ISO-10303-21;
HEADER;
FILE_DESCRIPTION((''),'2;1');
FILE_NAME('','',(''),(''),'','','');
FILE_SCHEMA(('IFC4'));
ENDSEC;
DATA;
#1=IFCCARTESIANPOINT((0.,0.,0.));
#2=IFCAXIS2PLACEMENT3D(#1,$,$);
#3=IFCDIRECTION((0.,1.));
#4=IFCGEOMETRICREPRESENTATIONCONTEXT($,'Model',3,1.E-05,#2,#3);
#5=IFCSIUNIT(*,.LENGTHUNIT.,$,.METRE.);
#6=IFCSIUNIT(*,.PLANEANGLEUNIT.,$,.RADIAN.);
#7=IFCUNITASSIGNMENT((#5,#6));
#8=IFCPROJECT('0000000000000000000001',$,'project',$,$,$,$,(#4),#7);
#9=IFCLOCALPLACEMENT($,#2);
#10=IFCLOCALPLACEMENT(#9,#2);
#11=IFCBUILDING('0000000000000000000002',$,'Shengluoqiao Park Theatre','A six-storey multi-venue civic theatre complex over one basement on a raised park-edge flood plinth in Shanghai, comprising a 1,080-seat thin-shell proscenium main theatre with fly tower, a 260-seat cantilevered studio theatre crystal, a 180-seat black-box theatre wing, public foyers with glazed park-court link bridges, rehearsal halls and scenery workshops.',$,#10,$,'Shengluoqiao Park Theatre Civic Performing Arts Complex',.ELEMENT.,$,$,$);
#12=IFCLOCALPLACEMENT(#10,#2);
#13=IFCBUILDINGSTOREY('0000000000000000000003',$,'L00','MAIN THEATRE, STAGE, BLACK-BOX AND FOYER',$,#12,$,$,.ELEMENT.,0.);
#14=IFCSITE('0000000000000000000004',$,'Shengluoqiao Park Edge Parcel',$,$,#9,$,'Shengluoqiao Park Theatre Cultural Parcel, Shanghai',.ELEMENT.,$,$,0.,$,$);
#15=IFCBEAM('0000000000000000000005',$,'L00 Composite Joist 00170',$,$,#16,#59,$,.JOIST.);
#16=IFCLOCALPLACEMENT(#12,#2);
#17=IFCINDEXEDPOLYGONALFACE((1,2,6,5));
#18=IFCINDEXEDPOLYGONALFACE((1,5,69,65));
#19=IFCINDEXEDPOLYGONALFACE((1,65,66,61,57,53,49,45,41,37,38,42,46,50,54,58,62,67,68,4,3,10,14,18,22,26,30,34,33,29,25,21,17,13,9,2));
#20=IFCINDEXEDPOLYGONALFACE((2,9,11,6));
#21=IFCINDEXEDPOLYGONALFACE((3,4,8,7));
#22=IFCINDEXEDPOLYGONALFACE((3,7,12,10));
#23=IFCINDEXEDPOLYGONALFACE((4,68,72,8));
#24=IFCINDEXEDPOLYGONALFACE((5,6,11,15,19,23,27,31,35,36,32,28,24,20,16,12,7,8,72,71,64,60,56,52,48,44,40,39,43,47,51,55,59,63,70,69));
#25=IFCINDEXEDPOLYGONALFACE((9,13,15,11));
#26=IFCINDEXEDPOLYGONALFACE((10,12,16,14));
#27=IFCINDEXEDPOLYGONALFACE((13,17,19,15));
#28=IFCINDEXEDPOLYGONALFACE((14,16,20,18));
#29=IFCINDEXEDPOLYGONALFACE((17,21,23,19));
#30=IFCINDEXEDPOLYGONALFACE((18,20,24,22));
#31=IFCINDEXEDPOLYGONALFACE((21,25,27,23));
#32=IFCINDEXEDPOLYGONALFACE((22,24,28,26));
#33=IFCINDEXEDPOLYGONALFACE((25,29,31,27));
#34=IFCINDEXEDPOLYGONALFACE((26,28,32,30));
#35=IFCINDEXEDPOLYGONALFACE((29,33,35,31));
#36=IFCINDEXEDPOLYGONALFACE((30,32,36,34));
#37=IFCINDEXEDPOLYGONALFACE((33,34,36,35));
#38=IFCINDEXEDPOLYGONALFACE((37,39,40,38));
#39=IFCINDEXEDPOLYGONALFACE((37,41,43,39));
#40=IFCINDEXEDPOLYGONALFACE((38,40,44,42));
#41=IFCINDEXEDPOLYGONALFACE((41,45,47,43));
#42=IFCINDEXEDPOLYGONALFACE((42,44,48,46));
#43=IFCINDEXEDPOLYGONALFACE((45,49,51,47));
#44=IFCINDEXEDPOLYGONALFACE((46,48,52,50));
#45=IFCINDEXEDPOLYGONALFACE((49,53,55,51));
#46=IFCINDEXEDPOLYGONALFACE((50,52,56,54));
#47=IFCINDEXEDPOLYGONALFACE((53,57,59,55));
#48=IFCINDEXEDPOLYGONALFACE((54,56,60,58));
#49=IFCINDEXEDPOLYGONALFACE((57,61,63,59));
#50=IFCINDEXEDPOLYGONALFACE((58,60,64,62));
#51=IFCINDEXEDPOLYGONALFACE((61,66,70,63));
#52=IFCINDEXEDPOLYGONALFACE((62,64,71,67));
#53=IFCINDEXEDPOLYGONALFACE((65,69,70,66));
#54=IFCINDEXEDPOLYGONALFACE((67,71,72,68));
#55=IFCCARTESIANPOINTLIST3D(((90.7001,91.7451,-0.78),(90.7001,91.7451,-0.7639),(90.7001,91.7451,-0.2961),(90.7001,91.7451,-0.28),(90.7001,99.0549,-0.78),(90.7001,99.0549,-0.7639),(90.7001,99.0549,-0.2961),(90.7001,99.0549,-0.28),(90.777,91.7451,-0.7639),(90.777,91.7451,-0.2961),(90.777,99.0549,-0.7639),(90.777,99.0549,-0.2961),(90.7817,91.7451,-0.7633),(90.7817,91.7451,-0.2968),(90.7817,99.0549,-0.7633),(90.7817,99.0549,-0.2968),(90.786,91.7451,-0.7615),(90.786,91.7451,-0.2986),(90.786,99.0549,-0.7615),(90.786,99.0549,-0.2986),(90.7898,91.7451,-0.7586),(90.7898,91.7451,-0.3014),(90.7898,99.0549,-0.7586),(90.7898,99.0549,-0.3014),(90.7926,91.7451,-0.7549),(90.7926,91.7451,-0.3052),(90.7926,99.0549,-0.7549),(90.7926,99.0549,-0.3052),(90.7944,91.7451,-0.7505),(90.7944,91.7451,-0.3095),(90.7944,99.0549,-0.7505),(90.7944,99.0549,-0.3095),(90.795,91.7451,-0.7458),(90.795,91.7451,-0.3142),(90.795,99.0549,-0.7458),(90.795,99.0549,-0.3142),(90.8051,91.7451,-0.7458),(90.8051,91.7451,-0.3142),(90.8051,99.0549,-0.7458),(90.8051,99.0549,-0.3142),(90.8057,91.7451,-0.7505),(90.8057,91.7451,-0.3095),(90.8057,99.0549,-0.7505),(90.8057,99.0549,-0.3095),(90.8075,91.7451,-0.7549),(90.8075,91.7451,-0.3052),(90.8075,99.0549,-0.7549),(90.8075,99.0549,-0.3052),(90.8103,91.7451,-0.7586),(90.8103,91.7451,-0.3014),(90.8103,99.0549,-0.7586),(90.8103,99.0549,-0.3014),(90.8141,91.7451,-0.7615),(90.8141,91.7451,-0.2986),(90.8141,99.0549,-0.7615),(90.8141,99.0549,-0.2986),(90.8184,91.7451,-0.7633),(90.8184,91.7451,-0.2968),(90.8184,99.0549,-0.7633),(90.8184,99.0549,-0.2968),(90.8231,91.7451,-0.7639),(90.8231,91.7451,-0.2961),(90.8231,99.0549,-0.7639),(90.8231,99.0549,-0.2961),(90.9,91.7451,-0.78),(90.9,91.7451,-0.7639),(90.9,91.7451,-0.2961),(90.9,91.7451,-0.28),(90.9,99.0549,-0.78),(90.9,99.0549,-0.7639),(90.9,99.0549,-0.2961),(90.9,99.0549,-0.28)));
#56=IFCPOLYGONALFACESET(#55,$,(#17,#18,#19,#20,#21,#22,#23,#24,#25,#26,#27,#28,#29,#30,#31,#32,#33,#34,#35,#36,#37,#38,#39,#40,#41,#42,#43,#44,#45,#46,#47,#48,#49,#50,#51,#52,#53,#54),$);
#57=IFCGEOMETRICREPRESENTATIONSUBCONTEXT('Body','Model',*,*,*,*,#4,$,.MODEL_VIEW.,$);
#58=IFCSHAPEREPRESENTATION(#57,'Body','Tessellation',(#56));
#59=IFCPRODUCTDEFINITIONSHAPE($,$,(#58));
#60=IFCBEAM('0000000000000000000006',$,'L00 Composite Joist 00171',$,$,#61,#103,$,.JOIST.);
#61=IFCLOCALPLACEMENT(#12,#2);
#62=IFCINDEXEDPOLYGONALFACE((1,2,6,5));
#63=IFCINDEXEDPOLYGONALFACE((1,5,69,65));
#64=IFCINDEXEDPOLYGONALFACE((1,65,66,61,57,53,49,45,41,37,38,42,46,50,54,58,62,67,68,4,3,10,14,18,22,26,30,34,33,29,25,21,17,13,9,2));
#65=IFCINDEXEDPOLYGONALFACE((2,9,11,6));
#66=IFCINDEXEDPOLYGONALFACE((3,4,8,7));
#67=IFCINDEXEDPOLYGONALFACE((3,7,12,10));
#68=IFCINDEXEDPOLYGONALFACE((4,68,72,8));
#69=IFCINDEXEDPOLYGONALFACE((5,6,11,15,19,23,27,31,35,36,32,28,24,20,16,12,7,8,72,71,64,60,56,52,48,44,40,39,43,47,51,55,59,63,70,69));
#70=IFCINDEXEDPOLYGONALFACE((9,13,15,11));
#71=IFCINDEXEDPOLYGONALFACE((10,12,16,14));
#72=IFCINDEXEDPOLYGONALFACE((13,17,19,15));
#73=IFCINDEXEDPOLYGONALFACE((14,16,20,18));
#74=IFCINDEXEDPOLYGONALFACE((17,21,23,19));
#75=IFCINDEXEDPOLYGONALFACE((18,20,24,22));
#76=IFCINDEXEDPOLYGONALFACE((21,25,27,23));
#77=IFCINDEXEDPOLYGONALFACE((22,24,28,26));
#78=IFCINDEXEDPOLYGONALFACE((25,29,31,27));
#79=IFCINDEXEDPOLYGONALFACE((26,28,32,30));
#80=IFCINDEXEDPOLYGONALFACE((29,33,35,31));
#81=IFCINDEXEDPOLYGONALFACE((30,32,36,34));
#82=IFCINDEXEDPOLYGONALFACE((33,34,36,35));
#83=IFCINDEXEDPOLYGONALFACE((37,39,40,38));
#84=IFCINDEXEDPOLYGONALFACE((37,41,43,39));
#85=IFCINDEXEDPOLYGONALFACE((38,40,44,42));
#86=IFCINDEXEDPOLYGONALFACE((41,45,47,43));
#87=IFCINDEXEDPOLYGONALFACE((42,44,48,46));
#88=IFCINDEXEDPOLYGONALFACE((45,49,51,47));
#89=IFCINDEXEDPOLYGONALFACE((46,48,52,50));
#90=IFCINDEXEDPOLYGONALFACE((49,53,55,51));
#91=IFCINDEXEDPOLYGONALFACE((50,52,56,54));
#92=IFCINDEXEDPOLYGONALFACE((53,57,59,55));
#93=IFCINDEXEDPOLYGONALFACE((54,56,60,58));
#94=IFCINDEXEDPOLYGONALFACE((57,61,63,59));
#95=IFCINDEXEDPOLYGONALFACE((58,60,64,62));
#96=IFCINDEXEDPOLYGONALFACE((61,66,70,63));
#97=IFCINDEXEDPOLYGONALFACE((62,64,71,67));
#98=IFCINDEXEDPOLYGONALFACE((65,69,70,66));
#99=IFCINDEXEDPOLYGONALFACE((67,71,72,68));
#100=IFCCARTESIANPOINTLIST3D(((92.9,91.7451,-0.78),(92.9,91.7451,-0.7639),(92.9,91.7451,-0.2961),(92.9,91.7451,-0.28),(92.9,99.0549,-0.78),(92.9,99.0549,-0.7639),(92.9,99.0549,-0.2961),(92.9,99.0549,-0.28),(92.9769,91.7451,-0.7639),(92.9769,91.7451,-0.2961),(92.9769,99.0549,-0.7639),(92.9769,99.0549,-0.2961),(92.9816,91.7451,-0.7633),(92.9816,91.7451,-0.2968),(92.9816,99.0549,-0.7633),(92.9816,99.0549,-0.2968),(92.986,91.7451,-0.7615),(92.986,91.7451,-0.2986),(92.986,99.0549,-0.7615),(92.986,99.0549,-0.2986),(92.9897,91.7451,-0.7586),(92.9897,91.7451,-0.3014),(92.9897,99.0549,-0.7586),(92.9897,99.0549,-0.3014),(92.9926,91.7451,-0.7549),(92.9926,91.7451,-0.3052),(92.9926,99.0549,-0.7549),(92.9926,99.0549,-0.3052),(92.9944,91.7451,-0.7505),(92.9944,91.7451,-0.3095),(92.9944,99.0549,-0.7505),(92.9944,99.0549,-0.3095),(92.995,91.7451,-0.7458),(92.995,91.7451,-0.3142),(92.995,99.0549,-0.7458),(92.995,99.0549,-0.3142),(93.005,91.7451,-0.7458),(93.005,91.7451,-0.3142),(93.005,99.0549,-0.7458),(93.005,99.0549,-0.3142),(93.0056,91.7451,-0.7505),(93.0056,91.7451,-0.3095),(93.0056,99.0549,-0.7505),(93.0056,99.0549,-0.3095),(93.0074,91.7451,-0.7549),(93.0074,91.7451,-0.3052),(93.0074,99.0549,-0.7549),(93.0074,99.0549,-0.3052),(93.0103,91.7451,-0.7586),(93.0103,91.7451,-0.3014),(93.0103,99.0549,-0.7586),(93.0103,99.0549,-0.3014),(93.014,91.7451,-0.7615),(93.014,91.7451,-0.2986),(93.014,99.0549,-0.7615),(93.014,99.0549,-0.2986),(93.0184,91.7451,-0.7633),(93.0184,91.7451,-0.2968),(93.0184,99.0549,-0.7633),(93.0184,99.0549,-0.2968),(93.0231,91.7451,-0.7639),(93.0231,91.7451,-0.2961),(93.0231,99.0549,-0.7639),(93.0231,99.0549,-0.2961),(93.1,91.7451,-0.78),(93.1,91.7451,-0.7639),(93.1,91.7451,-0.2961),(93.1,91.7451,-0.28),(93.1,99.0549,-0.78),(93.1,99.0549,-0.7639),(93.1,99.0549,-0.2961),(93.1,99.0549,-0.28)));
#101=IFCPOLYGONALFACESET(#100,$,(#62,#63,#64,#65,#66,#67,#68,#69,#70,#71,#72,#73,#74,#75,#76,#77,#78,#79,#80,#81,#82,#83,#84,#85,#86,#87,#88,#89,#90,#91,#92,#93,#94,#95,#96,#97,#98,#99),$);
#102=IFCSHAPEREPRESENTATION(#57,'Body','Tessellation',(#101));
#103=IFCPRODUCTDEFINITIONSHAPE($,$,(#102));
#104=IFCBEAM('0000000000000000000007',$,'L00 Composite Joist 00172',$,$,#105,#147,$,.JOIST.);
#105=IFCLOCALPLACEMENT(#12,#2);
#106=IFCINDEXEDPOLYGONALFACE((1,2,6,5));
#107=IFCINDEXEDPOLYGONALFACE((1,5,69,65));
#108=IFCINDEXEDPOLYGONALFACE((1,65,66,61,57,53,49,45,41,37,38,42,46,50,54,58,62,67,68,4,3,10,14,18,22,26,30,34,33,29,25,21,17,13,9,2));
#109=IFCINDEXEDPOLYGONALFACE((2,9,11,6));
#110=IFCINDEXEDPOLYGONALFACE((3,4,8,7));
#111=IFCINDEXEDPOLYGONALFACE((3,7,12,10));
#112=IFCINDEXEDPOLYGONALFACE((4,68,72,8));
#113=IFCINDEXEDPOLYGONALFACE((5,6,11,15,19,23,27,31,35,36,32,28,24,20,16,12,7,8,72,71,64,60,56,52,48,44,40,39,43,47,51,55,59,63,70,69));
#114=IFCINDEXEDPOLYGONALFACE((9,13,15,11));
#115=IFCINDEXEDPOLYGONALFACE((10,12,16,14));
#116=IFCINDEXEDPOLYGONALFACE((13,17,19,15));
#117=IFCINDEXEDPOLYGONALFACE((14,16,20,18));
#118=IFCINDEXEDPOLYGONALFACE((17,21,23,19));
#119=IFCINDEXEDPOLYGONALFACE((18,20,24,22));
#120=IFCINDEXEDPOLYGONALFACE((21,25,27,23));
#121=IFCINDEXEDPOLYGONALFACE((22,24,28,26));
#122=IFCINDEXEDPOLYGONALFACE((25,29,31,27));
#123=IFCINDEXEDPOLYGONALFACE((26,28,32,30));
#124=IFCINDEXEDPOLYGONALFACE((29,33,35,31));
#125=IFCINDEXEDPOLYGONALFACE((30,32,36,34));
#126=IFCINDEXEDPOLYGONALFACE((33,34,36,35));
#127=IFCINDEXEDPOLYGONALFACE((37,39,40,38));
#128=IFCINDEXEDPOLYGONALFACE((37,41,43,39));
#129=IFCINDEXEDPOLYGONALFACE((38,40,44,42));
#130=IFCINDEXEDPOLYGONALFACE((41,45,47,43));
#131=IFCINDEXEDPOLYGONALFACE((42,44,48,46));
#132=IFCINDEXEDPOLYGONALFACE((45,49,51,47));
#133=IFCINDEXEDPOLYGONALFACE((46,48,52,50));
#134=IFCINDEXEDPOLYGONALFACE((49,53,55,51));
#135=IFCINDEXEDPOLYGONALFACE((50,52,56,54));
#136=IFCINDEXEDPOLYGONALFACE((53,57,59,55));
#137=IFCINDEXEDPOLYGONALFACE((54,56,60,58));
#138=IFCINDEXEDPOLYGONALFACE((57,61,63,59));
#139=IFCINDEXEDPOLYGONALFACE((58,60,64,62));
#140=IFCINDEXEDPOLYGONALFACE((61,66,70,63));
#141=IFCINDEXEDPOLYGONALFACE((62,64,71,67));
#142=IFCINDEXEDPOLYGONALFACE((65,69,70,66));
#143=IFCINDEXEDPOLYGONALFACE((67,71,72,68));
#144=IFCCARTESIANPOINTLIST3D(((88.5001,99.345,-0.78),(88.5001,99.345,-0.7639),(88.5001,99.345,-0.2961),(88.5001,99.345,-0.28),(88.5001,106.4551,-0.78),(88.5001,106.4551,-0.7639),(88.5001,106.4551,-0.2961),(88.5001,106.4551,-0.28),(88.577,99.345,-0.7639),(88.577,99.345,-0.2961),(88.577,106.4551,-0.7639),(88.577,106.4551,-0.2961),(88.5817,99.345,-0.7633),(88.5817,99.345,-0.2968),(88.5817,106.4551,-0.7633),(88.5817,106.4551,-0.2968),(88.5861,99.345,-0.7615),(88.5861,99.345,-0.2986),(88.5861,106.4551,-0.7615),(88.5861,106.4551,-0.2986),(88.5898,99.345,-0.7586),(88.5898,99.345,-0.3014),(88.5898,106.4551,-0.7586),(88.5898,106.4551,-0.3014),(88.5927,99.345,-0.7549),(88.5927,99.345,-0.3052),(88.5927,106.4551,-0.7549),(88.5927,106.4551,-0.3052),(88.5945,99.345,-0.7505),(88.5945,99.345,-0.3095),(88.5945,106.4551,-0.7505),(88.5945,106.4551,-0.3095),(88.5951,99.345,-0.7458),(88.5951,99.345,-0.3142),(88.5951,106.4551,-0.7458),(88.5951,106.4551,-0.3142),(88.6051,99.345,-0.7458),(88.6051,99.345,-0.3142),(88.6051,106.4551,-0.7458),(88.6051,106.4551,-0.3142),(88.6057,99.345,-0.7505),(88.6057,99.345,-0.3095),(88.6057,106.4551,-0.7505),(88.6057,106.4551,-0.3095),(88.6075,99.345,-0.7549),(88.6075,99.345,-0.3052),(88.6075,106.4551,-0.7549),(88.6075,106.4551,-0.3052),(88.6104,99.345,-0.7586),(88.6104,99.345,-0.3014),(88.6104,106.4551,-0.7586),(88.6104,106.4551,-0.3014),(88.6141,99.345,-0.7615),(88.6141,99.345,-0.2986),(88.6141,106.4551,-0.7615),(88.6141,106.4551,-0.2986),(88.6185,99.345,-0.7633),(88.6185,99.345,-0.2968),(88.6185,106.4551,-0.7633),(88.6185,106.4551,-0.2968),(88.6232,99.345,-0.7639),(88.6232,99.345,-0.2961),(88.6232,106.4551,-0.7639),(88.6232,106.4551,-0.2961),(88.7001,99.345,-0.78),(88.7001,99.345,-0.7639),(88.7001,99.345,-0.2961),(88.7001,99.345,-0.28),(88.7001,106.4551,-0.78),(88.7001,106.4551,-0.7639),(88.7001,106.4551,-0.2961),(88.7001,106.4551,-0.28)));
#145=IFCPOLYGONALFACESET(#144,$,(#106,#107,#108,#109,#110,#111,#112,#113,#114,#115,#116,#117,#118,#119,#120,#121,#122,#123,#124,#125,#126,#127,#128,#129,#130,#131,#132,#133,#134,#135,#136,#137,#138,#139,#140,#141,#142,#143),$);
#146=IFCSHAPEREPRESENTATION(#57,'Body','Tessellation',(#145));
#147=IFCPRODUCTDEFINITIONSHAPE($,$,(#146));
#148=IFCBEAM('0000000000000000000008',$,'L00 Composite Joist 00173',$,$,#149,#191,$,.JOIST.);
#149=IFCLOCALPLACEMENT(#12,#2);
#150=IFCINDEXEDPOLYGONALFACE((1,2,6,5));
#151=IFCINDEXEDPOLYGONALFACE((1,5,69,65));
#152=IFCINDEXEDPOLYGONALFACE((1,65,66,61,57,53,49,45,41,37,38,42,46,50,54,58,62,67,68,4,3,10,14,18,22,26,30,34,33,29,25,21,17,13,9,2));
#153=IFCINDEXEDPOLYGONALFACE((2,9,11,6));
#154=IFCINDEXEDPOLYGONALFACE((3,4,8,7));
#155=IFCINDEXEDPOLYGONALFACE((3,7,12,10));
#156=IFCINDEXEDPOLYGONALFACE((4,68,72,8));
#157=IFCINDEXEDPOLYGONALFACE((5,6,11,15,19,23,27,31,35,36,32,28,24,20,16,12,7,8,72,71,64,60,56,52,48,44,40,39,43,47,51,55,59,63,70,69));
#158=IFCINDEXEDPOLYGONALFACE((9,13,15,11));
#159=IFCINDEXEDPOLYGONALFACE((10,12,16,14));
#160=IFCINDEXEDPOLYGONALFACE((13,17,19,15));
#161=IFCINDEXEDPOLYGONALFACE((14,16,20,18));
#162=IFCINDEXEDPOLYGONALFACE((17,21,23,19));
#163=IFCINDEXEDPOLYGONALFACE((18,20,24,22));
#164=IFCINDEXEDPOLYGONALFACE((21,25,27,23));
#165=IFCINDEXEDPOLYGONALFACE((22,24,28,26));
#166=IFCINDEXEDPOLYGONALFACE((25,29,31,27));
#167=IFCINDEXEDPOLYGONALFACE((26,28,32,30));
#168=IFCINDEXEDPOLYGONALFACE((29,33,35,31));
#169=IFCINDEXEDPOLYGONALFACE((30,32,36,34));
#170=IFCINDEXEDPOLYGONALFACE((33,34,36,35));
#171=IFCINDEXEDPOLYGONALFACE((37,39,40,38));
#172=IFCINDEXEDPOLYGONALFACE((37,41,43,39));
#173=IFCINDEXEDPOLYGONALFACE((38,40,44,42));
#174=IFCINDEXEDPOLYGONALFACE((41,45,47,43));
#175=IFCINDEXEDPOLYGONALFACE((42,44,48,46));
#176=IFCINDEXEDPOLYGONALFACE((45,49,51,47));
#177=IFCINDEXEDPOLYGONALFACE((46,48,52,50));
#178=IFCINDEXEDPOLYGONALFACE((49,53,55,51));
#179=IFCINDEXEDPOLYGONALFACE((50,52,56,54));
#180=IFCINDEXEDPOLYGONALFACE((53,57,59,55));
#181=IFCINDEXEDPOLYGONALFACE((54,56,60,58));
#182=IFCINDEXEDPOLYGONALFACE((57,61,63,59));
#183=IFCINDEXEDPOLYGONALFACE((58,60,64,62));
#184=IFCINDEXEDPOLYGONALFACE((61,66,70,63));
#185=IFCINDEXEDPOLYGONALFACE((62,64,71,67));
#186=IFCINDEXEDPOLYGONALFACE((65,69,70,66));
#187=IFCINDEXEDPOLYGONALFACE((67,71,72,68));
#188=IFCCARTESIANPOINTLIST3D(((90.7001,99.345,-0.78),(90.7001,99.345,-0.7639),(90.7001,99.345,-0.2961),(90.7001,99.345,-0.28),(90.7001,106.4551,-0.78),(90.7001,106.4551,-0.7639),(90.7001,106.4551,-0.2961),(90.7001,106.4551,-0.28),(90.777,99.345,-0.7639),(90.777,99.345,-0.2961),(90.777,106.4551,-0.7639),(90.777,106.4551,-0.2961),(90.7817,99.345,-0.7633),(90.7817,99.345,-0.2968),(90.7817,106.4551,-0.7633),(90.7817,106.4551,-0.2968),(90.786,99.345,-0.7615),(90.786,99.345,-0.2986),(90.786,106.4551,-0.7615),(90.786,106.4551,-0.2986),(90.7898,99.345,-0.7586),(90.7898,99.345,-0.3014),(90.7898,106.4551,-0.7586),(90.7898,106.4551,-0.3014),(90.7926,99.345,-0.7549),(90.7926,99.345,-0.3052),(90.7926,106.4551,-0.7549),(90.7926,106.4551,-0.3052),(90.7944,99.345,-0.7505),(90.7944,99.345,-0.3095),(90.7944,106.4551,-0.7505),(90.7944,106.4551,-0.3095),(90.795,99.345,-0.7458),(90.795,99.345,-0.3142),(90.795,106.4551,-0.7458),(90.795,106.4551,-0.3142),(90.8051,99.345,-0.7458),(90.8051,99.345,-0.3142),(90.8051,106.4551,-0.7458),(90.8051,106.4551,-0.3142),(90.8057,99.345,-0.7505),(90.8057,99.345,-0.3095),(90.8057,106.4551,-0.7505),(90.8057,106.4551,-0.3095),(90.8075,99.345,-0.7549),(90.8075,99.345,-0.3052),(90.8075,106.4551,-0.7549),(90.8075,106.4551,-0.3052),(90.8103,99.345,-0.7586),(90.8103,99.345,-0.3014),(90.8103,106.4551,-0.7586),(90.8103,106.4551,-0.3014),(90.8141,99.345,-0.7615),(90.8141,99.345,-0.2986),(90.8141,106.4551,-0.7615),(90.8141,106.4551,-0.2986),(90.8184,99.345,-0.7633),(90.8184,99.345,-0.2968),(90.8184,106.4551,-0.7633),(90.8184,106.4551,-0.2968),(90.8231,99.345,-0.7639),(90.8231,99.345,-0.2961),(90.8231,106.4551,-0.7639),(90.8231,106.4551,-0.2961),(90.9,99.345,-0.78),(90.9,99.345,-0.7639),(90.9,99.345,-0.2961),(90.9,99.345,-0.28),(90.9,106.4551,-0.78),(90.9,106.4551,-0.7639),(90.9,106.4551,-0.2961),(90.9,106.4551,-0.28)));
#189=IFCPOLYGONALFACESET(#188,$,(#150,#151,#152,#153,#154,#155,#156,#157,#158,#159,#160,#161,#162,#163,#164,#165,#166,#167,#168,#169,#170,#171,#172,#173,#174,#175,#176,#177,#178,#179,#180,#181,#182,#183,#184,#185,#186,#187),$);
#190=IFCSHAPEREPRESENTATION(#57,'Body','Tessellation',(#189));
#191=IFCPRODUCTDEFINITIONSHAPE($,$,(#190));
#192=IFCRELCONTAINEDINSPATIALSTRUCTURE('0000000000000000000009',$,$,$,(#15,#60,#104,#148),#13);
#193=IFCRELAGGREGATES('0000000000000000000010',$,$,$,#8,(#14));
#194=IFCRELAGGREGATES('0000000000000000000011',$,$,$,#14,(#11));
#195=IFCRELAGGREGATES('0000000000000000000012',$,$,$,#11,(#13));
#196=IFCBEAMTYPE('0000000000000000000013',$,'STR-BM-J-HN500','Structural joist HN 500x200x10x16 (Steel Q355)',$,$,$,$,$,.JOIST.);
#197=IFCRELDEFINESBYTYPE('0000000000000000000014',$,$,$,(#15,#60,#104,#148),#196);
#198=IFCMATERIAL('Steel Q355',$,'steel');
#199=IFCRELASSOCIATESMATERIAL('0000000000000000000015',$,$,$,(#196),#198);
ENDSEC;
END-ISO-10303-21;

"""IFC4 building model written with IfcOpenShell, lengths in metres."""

from ifc_helpers import new_model, si_unit, direction, frame, origin, origin_2d, place, context, subcontext, project, spatial, i_section, extrude, material, material_profile, profile_set, type_object, element, save


model = new_model("IFC4")

# Units and contexts
model_context = context("Model", 3, precision=1e-05, world=origin(), true_north=direction((0.0, 1.0)))
body_context = subcontext(model_context, "Body", "Model", "MODEL_VIEW")
ifc_project = project(units=[si_unit("LENGTHUNIT", "METRE"), si_unit("PLANEANGLEUNIT", "RADIAN")], contexts=[model_context])

# Site, building, storey
site_placement = place(None, origin())
site = spatial("IfcSite", under=ifc_project, at=site_placement, Name="Shengluoqiao Park Edge Parcel", LongName="Shengluoqiao Park Theatre Cultural Parcel, Shanghai", CompositionType="ELEMENT", RefElevation=0.0)
building_placement = place(site_placement, origin())
building = spatial("IfcBuilding", under=site, at=building_placement, Name="Shengluoqiao Park Theatre", Description="A six-storey multi-venue civic theatre complex over one basement on a raised park-edge flood plinth in Shanghai, comprising a 1,080-seat thin-shell proscenium main theatre with fly tower, a 260-seat cantilevered studio theatre crystal, a 180-seat black-box theatre wing, public foyers with glazed park-court link bridges, rehearsal halls and scenery workshops.", LongName="Shengluoqiao Park Theatre Civic Performing Arts Complex", CompositionType="ELEMENT")
storey_placement = place(building_placement, origin())
storey = spatial("IfcBuildingStorey", under=building, at=storey_placement, Name="L00", Description="MAIN THEATRE, STAGE, BLACK-BOX AND FOYER", CompositionType="ELEMENT", Elevation=0.0)

# Beams
ifc_material_1 = material(Name="Steel Q355", Category="steel")
ifc_material_profile_1 = material_profile(ifc_material_1, i_section(OverallWidth=0.2, OverallDepth=0.5, WebThickness=0.01, FlangeThickness=0.0161, FilletRadius=0.0181, at=origin_2d()), Name="HN 500x200x10x16")
ifc_profile_set_1 = profile_set([ifc_material_profile_1], Name="Steel Q355")
beam_type_1 = type_object("IfcBeamType", Name="STR-BM-J-HN500", Description="Structural joist HN 500x200x10x16 (Steel Q355)", PredefinedType="JOIST", material=ifc_profile_set_1)
for number, where, z_axis, x_axis, name in (
    (1, (90.8, 91.7451, -0.53), (0.0, 1.0, 0.0), (-1.0, 0.0, 0.0), "L00 Composite Joist 00170"),
    (2, (93.0, 91.7451, -0.53), (0.0, 1.0, 0.0), (-1.0, 0.0, 0.0), "L00 Composite Joist 00171"),
):
    element("IfcBeam", number, at=place(storey_placement, frame(where, z_axis=z_axis, x_axis=x_axis)), inside=storey, type_object=beam_type_1, Name=name, PredefinedType="JOIST", context=body_context, shape_type="SweptSolid", body=[
        extrude(i_section(OverallWidth=0.2, OverallDepth=0.5, WebThickness=0.01, FlangeThickness=0.0161, FilletRadius=0.0181, at=origin_2d()), origin(), (0.0, 0.0, 1.0), 7.3098),
    ])
for number, where, z_axis, x_axis, name in (
    (3, (88.6001, 99.345, -0.53), (0.0, 1.0, 0.0), (-1.0, 0.0, 0.0), "L00 Composite Joist 00172"),
    (4, (90.8, 99.345, -0.53), (0.0, 1.0, 0.0), (-1.0, 0.0, 0.0), "L00 Composite Joist 00173"),
):
    element("IfcBeam", number, at=place(storey_placement, frame(where, z_axis=z_axis, x_axis=x_axis)), inside=storey, type_object=beam_type_1, Name=name, PredefinedType="JOIST", context=body_context, shape_type="SweptSolid", body=[
        extrude(i_section(OverallWidth=0.2, OverallDepth=0.5, WebThickness=0.01, FlangeThickness=0.0161, FilletRadius=0.0181, at=origin_2d()), origin(), (0.0, 0.0, 1.0), 7.1101),
    ])

save(model, "model.ifc")
